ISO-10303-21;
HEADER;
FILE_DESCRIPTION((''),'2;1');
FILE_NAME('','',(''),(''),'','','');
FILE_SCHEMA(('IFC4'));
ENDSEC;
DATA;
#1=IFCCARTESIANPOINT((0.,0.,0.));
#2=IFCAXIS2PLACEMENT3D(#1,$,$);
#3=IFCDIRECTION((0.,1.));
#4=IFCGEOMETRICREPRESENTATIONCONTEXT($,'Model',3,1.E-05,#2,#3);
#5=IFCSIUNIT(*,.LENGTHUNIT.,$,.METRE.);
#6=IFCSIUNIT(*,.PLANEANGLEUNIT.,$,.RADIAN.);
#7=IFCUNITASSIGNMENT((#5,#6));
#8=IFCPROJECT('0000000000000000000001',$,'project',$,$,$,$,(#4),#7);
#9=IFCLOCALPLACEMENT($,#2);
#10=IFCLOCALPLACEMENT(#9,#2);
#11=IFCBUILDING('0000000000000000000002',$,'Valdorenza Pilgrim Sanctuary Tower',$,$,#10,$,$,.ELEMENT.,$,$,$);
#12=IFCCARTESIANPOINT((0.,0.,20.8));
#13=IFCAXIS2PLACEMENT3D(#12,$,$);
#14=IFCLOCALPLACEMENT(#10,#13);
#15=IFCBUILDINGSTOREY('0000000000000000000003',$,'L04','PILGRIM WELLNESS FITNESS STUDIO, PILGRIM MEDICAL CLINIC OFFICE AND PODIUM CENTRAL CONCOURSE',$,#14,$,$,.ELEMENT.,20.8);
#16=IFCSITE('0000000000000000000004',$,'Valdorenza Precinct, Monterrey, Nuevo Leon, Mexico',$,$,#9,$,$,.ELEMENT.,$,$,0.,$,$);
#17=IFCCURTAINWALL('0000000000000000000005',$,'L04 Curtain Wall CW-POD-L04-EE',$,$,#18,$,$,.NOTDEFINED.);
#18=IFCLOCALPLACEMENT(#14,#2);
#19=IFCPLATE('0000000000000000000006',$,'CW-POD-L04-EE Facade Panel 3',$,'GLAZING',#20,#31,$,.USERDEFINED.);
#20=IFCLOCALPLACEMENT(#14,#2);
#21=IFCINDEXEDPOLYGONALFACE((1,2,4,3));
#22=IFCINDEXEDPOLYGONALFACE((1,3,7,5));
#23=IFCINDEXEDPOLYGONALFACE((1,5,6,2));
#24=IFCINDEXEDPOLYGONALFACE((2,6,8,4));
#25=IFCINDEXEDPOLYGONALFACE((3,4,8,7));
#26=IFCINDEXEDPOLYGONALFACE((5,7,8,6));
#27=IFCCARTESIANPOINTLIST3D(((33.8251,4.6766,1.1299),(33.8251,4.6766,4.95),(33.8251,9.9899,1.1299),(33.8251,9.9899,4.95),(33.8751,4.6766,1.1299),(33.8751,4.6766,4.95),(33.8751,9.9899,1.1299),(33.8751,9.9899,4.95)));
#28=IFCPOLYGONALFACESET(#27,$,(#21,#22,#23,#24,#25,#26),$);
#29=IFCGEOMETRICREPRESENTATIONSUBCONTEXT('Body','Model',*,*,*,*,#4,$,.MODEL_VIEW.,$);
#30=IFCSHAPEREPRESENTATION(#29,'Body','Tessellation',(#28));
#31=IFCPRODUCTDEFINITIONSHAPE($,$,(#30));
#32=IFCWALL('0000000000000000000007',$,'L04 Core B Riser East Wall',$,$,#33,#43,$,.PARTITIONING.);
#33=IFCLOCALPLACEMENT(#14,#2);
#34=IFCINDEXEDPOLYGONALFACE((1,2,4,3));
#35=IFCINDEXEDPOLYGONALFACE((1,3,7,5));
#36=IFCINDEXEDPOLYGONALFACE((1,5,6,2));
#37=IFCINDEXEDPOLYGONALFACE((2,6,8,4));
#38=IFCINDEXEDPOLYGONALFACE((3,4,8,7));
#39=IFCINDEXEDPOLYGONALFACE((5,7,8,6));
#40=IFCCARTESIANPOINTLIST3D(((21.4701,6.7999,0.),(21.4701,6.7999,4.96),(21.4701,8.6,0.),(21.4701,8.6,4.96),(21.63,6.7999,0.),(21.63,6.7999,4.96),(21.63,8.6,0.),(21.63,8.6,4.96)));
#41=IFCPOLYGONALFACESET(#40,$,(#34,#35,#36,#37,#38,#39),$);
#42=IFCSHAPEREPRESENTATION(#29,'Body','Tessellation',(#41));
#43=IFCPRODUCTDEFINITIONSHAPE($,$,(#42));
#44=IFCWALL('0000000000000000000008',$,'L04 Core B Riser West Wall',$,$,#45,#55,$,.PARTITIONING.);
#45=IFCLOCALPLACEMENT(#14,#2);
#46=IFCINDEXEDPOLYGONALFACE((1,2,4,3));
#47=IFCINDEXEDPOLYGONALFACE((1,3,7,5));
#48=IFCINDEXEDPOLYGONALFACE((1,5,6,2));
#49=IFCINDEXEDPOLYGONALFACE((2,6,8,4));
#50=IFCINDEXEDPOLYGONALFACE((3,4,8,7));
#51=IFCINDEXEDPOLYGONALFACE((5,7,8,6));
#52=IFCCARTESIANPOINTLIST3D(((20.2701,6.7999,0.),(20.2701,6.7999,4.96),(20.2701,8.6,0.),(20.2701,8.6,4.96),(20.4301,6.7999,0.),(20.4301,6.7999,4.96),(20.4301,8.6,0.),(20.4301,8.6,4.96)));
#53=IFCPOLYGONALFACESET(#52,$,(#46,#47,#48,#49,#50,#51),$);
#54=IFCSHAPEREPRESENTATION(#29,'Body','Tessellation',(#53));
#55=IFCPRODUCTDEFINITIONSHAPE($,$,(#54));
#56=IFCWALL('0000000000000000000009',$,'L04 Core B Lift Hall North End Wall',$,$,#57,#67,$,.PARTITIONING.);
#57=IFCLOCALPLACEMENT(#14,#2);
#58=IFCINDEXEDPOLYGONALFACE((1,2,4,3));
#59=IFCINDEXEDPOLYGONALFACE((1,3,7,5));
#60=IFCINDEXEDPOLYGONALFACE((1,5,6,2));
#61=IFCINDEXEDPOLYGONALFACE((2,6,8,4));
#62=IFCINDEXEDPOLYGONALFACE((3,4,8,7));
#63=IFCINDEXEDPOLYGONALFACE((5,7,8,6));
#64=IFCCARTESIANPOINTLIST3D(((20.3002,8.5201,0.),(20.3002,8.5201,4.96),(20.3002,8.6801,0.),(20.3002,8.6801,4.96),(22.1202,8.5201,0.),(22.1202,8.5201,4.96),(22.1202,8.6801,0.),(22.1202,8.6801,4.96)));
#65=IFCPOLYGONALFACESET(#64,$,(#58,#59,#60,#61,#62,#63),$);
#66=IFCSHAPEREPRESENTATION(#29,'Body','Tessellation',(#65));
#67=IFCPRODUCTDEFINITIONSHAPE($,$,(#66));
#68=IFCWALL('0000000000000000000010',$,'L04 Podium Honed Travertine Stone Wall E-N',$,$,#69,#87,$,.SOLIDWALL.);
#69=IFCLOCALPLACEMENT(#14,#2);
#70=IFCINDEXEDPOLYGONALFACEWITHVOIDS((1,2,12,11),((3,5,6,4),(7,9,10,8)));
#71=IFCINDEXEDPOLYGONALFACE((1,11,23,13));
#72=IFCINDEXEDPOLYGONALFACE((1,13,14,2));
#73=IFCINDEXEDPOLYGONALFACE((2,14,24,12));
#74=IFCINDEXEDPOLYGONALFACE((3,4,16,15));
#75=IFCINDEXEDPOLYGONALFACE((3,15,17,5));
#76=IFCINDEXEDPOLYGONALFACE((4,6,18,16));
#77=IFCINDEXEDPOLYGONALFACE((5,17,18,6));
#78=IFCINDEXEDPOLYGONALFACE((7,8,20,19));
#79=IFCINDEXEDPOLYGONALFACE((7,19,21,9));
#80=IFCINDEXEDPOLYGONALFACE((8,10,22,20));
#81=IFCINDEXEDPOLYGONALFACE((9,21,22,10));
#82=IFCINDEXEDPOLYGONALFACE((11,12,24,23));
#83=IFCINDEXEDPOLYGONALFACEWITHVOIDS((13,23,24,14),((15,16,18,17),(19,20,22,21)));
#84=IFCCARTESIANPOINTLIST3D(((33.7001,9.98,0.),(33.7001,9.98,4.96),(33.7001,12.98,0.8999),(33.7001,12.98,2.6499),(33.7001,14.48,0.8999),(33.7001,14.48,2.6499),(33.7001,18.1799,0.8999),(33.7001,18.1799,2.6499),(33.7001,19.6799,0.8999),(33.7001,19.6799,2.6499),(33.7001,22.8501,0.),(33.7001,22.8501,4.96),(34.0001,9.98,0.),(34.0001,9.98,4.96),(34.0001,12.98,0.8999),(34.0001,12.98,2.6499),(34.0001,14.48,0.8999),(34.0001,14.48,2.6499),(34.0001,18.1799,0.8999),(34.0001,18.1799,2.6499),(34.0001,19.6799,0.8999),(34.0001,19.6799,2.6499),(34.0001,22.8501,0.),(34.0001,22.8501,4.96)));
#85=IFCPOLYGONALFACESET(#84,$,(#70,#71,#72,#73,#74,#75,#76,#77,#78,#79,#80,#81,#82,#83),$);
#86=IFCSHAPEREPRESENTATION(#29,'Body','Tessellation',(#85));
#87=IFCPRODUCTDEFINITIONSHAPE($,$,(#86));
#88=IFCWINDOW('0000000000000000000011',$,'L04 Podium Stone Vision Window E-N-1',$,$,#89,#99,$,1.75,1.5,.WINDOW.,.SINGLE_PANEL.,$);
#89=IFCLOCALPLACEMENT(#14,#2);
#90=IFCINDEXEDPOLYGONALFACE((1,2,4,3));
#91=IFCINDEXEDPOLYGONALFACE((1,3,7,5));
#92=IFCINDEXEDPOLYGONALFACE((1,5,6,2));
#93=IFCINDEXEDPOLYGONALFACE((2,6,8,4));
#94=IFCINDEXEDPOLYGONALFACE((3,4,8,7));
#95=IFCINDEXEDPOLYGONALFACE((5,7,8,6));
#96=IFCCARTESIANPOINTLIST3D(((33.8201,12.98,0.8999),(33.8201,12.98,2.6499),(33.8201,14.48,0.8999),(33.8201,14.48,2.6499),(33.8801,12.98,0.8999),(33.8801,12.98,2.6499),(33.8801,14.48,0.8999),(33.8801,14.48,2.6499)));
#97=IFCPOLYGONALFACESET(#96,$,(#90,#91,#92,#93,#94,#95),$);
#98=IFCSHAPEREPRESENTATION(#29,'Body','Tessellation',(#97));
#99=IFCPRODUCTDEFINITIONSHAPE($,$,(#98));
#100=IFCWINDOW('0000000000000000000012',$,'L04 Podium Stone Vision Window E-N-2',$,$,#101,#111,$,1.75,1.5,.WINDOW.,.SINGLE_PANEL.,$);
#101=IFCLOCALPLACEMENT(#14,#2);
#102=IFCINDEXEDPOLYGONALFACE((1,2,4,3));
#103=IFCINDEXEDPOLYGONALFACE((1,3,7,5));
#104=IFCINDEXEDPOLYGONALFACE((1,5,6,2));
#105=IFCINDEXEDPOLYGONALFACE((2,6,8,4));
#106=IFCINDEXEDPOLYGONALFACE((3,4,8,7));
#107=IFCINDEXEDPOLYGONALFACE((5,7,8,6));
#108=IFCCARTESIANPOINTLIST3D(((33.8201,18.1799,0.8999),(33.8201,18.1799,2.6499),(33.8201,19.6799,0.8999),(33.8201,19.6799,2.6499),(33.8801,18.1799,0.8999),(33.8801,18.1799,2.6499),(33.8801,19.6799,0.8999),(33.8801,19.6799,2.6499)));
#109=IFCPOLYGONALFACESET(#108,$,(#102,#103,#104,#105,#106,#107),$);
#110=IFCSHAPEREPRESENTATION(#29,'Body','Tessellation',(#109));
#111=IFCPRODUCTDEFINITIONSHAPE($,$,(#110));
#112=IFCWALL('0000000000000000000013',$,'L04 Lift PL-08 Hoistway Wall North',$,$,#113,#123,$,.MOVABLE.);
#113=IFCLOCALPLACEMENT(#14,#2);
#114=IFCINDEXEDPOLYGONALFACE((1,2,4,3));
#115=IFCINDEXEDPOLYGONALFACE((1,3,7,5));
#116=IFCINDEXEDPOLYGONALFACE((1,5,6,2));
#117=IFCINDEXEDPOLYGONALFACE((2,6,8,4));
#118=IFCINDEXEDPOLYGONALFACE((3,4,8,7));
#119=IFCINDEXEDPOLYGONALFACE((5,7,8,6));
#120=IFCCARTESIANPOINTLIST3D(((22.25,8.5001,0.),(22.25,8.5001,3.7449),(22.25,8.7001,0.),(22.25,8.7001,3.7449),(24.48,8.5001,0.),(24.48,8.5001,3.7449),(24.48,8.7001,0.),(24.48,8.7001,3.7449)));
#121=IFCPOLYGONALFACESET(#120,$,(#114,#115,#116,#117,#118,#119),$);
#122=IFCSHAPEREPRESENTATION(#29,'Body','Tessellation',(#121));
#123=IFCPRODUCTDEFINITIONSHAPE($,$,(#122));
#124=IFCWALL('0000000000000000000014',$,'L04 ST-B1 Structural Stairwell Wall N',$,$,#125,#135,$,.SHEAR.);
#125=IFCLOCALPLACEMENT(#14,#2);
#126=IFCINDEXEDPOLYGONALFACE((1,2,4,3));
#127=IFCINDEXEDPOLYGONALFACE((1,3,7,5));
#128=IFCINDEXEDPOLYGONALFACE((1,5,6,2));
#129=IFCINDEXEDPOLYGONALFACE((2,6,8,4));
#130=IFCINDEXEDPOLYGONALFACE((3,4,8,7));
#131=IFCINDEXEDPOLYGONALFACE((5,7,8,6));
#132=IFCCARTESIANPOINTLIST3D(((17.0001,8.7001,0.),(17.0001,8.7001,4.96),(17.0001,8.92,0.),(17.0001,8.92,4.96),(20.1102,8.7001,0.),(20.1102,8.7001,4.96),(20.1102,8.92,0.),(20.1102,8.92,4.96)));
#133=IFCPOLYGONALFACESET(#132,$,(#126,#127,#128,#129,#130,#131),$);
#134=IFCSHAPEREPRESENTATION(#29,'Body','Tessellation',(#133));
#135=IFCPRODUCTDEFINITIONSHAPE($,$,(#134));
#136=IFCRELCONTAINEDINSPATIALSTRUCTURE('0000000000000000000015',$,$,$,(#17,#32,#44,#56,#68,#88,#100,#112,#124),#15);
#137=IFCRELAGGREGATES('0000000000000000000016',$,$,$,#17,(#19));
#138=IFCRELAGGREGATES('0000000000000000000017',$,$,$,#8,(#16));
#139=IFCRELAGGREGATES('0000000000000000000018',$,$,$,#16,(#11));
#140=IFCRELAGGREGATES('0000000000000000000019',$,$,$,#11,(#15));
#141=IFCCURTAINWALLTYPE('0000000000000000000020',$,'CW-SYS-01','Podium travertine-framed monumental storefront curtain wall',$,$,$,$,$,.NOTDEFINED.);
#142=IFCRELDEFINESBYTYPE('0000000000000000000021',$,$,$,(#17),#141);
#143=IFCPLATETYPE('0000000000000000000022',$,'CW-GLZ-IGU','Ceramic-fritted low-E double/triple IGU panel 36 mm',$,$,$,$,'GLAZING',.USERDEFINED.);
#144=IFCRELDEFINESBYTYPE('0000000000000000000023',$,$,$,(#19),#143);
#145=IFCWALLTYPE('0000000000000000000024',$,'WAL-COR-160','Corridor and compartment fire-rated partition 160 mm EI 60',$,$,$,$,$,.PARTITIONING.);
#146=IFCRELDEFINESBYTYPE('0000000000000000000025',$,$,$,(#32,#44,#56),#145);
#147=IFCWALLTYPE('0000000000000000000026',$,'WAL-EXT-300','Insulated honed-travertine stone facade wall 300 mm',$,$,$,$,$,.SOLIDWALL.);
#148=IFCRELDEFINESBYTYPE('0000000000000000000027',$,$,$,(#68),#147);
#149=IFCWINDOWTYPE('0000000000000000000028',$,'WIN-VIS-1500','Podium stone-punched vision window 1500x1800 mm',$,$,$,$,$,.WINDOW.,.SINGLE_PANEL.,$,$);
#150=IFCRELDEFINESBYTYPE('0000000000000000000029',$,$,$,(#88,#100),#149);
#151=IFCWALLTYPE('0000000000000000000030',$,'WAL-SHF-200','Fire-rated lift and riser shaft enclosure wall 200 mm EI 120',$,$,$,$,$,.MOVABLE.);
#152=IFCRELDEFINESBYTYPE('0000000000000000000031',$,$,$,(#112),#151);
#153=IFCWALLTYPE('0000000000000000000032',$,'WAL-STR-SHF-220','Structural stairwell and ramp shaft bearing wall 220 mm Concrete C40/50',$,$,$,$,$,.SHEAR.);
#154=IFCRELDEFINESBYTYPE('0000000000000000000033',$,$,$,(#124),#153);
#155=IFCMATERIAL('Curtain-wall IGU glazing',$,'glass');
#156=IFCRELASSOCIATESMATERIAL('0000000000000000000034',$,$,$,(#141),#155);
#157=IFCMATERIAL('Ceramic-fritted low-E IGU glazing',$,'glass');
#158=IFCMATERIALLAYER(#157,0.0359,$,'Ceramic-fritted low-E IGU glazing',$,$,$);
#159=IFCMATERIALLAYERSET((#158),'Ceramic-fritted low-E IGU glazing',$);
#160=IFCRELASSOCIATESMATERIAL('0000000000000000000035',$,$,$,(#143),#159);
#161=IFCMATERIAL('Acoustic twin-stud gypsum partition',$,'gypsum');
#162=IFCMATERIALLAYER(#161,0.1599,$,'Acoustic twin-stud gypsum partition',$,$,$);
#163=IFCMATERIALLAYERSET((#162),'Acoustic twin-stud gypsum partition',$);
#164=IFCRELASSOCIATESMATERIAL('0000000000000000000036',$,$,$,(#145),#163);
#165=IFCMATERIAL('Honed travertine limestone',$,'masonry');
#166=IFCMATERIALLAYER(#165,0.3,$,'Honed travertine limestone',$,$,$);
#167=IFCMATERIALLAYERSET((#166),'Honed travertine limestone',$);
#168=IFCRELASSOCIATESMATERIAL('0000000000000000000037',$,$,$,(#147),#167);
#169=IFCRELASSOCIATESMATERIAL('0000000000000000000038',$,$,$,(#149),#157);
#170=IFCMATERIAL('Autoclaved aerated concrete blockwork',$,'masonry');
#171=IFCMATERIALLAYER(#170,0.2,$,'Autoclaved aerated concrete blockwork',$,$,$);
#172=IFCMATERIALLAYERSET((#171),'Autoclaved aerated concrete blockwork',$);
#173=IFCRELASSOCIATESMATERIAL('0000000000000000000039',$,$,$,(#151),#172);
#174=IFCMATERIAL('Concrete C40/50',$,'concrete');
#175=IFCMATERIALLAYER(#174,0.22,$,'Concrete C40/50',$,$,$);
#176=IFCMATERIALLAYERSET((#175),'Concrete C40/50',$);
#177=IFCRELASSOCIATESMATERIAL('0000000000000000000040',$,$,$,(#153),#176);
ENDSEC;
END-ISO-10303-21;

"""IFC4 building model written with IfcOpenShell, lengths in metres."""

from ifc_helpers import new_model, si_unit, direction, frame, frame_2d, origin, origin_2d, place, context, subcontext, project, spatial, rectangle, extrude, source, transform, mapped, material, layer, layer_set, type_object, element, fill, aggregate, save


model = new_model("IFC4")

# Units and contexts
model_context = context("Model", 3, precision=1e-05, world=origin(), true_north=direction((0.0, 1.0)))
body_context = subcontext(model_context, "Body", "Model", "MODEL_VIEW")
ifc_project = project(units=[si_unit("LENGTHUNIT", "METRE"), si_unit("PLANEANGLEUNIT", "RADIAN")], contexts=[model_context])

# Site, building, storey
site_placement = place(None, origin())
site = spatial("IfcSite", under=ifc_project, at=site_placement, Name="Valdorenza Precinct, Monterrey, Nuevo Leon, Mexico", CompositionType="ELEMENT", RefElevation=0.0)
building_placement = place(site_placement, origin())
building = spatial("IfcBuilding", under=site, at=building_placement, Name="Valdorenza Pilgrim Sanctuary Tower", CompositionType="ELEMENT")
storey_placement = place(building_placement, frame((0.0, 0.0, 20.8)))
storey = spatial("IfcBuildingStorey", under=building, at=storey_placement, Name="L04", Description="PILGRIM WELLNESS FITNESS STUDIO, PILGRIM MEDICAL CLINIC OFFICE AND PODIUM CENTRAL CONCOURSE", CompositionType="ELEMENT", Elevation=20.8)

# Curtain wall
ifc_material_1 = material(Name="Curtain-wall IGU glazing", Category="glass")
curtain_wall_type = type_object("IfcCurtainWallType", Name="CW-SYS-01", Description="Podium travertine-framed monumental storefront curtain wall", PredefinedType="NOTDEFINED", material=ifc_material_1)
curtain_wall_placement = place(storey_placement, origin())
curtain_wall = element("IfcCurtainWall", 1, at=curtain_wall_placement, inside=storey, type_object=curtain_wall_type, Name="L04 Curtain Wall CW-POD-L04-EE", PredefinedType="NOTDEFINED")

# Plate
ifc_material_2 = material(Name="Honed travertine limestone", Category="masonry")
ifc_material_3 = material(Name="Ceramic-fritted low-E IGU glazing", Category="glass")
ifc_layer_1 = layer(ifc_material_3, 0.0359, Name="Ceramic-fritted low-E IGU glazing")
ifc_layer_set_1 = layer_set([ifc_layer_1], Name="Ceramic-fritted low-E IGU glazing")
plate_type_1 = type_object("IfcPlateType", Name="CW-GLZ-IGU", Description="Ceramic-fritted low-E double/triple IGU panel 36 mm", ElementType="GLAZING", PredefinedType="USERDEFINED", material=ifc_layer_set_1)
shared_shape_1 = source(origin(), body_context, "Body", "SweptSolid", [
    extrude(rectangle(XDim=5.3132, YDim=0.05, at=origin_2d()), origin(), (0.0, 0.0, 1.0), 3.8201),
])
plate_1_placement = place(storey_placement, frame((33.8501, 7.3333, 1.1299), z_axis=(0.0, 0.0, 1.0), x_axis=(0.0, 1.0, 0.0)))
plate_1 = element("IfcPlate", 2, at=plate_1_placement, type_object=plate_type_1, Name="CW-POD-L04-EE Facade Panel 3", ObjectType="GLAZING", PredefinedType="USERDEFINED", context=body_context, shape_type="MappedRepresentation", body=[
    mapped(shared_shape_1, transform((0.0, 0.0, 0.0), x_axis=(1.0, 0.0, 0.0), y_axis=(0.0, 1.0, 0.0), z_axis=(0.0, 0.0, 1.0), scale=1.0)),
])
aggregate(curtain_wall, [plate_1])

# Walls
ifc_material_4 = material(Name="Acoustic twin-stud gypsum partition", Category="gypsum")
ifc_layer_2 = layer(ifc_material_4, 0.1599, Name="Acoustic twin-stud gypsum partition")
ifc_layer_set_2 = layer_set([ifc_layer_2], Name="Acoustic twin-stud gypsum partition")
wall_type_1 = type_object("IfcWallType", Name="WAL-COR-160", Description="Corridor and compartment fire-rated partition 160 mm EI 60", PredefinedType="PARTITIONING", material=ifc_layer_set_2)
for number, where, z_axis, x_axis, name in (
    (3, (21.55, 6.8, 0.0), (0.0, 0.0, 1.0), (0.0, 1.0, 0.0), "L04 Core B Riser East Wall"),
    (4, (20.3501, 6.8, 0.0), (0.0, 0.0, 1.0), (0.0, 1.0, 0.0), "L04 Core B Riser West Wall"),
):
    element("IfcWall", number, at=place(storey_placement, frame(where, z_axis=z_axis, x_axis=x_axis)), inside=storey, type_object=wall_type_1, Name=name, PredefinedType="PARTITIONING", context=body_context, shape_type="SweptSolid", body=[
        extrude(rectangle(XDim=1.8, YDim=0.1599, at=frame_2d((0.8999, 0.0))), origin(), (0.0, 0.0, 1.0), 4.96),
    ])
wall_1_placement = place(storey_placement, frame((20.3, 8.6001, 0.0), z_axis=(0.0, 0.0, 1.0), x_axis=(1.0, 0.0, 0.0)))
element("IfcWall", 5, at=wall_1_placement, inside=storey, type_object=wall_type_1, Name="L04 Core B Lift Hall North End Wall", PredefinedType="PARTITIONING", context=body_context, shape_type="SweptSolid", body=[
    extrude(rectangle(XDim=1.8201, YDim=0.1599, at=frame_2d((0.9102, 0.0))), origin(), (0.0, 0.0, 1.0), 4.96),
])

# Wall, openings, windows
ifc_layer_3 = layer(ifc_material_2, 0.3, Name="Honed travertine limestone")
ifc_layer_set_3 = layer_set([ifc_layer_3], Name="Honed travertine limestone")
wall_type_2 = type_object("IfcWallType", Name="WAL-EXT-300", Description="Insulated honed-travertine stone facade wall 300 mm", PredefinedType="SOLIDWALL", material=ifc_layer_set_3)
wall_2_placement = place(storey_placement, frame((33.8501, 9.98, 0.0), z_axis=(0.0, 0.0, 1.0), x_axis=(0.0, 1.0, 0.0)))
wall_2 = element("IfcWall", 6, at=wall_2_placement, inside=storey, type_object=wall_type_2, Name="L04 Podium Honed Travertine Stone Wall E-N", PredefinedType="SOLIDWALL", context=body_context, shape_type="SweptSolid", body=[
    extrude(rectangle(XDim=12.8701, YDim=0.3, at=frame_2d((6.4351, 0.0))), origin(), (0.0, 0.0, 1.0), 4.96),
])
opening_1_placement = place(wall_2_placement, frame((3.0, 0.0, 0.8999)))
opening_1 = element("IfcOpeningElement", 7, at=opening_1_placement, cuts=wall_2, PredefinedType="OPENING", context=body_context, shape_type="SweptSolid", body=[
    extrude(rectangle(XDim=1.5, YDim=1.75, at=frame_2d((0.75, 0.875))), frame((0.0, 0.165, 0.0), z_axis=(0.0, -1.0, 0.0), x_axis=(1.0, 0.0, 0.0)), (0.0, 0.0, 1.0), 0.3298),
])
opening_2_placement = place(wall_2_placement, frame((8.2, 0.0, 0.8999)))
opening_2 = element("IfcOpeningElement", 8, at=opening_2_placement, cuts=wall_2, PredefinedType="OPENING", context=body_context, shape_type="SweptSolid", body=[
    extrude(rectangle(XDim=1.5, YDim=1.75, at=frame_2d((0.75, 0.875))), frame((0.0, 0.165, 0.0), z_axis=(0.0, -1.0, 0.0), x_axis=(1.0, 0.0, 0.0)), (0.0, 0.0, 1.0), 0.3298),
])
window_type = type_object("IfcWindowType", Name="WIN-VIS-1500", Description="Podium stone-punched vision window 1500x1800 mm", PartitioningType="SINGLE_PANEL", PredefinedType="WINDOW", material=ifc_material_3)
window_1_placement = place(opening_1_placement, origin())
window_1 = element("IfcWindow", 9, at=window_1_placement, inside=storey, type_object=window_type, Name="L04 Podium Stone Vision Window E-N-1", OverallHeight=1.75, OverallWidth=1.5, PartitioningType="SINGLE_PANEL", PredefinedType="WINDOW", context=body_context, shape_type="SweptSolid", body=[
    extrude(rectangle(XDim=1.5, YDim=1.75, at=frame_2d((0.75, 0.875))), frame((0.0, 0.03, 0.0), z_axis=(0.0, -1.0, 0.0), x_axis=(1.0, 0.0, 0.0)), (0.0, 0.0, 1.0), 0.0601),
])
fill(opening_1, window_1)
window_2_placement = place(opening_2_placement, origin())
window_2 = element("IfcWindow", 10, at=window_2_placement, inside=storey, type_object=window_type, Name="L04 Podium Stone Vision Window E-N-2", OverallHeight=1.75, OverallWidth=1.5, PartitioningType="SINGLE_PANEL", PredefinedType="WINDOW", context=body_context, shape_type="SweptSolid", body=[
    extrude(rectangle(XDim=1.5, YDim=1.75, at=frame_2d((0.75, 0.875))), frame((0.0, 0.03, 0.0), z_axis=(0.0, -1.0, 0.0), x_axis=(1.0, 0.0, 0.0)), (0.0, 0.0, 1.0), 0.0601),
])
fill(opening_2, window_2)

# Walls
ifc_material_5 = material(Name="Autoclaved aerated concrete blockwork", Category="masonry")
ifc_layer_4 = layer(ifc_material_5, 0.2, Name="Autoclaved aerated concrete blockwork")
ifc_layer_set_4 = layer_set([ifc_layer_4], Name="Autoclaved aerated concrete blockwork")
wall_type_3 = type_object("IfcWallType", Name="WAL-SHF-200", Description="Fire-rated lift and riser shaft enclosure wall 200 mm EI 120", PredefinedType="MOVABLE", material=ifc_layer_set_4)
wall_3_placement = place(storey_placement, frame((22.25, 8.6001, 0.0), z_axis=(0.0, 0.0, 1.0), x_axis=(1.0, 0.0, 0.0)))
element("IfcWall", 11, at=wall_3_placement, inside=storey, type_object=wall_type_3, Name="L04 Lift PL-08 Hoistway Wall North", PredefinedType="MOVABLE", context=body_context, shape_type="SweptSolid", body=[
    extrude(rectangle(XDim=2.23, YDim=0.2, at=frame_2d((1.115, 0.0))), origin(), (0.0, 0.0, 1.0), 3.7449),
])
ifc_material_6 = material(Name="Concrete C40/50", Category="concrete")
ifc_layer_5 = layer(ifc_material_6, 0.22, Name="Concrete C40/50")
ifc_layer_set_5 = layer_set([ifc_layer_5], Name="Concrete C40/50")
wall_type_4 = type_object("IfcWallType", Name="WAL-STR-SHF-220", Description="Structural stairwell and ramp shaft bearing wall 220 mm Concrete C40/50", PredefinedType="SHEAR", material=ifc_layer_set_5)
wall_4_placement = place(storey_placement, frame((17.0, 8.8101, 0.0), z_axis=(0.0, 0.0, 1.0), x_axis=(1.0, 0.0, 0.0)))
element("IfcWall", 12, at=wall_4_placement, inside=storey, type_object=wall_type_4, Name="L04 ST-B1 Structural Stairwell Wall N", PredefinedType="SHEAR", context=body_context, shape_type="SweptSolid", body=[
    extrude(rectangle(XDim=3.1101, YDim=0.22, at=frame_2d((1.5552, 0.0))), origin(), (0.0, 0.0, 1.0), 4.96),
])

save(model, "model.ifc")
